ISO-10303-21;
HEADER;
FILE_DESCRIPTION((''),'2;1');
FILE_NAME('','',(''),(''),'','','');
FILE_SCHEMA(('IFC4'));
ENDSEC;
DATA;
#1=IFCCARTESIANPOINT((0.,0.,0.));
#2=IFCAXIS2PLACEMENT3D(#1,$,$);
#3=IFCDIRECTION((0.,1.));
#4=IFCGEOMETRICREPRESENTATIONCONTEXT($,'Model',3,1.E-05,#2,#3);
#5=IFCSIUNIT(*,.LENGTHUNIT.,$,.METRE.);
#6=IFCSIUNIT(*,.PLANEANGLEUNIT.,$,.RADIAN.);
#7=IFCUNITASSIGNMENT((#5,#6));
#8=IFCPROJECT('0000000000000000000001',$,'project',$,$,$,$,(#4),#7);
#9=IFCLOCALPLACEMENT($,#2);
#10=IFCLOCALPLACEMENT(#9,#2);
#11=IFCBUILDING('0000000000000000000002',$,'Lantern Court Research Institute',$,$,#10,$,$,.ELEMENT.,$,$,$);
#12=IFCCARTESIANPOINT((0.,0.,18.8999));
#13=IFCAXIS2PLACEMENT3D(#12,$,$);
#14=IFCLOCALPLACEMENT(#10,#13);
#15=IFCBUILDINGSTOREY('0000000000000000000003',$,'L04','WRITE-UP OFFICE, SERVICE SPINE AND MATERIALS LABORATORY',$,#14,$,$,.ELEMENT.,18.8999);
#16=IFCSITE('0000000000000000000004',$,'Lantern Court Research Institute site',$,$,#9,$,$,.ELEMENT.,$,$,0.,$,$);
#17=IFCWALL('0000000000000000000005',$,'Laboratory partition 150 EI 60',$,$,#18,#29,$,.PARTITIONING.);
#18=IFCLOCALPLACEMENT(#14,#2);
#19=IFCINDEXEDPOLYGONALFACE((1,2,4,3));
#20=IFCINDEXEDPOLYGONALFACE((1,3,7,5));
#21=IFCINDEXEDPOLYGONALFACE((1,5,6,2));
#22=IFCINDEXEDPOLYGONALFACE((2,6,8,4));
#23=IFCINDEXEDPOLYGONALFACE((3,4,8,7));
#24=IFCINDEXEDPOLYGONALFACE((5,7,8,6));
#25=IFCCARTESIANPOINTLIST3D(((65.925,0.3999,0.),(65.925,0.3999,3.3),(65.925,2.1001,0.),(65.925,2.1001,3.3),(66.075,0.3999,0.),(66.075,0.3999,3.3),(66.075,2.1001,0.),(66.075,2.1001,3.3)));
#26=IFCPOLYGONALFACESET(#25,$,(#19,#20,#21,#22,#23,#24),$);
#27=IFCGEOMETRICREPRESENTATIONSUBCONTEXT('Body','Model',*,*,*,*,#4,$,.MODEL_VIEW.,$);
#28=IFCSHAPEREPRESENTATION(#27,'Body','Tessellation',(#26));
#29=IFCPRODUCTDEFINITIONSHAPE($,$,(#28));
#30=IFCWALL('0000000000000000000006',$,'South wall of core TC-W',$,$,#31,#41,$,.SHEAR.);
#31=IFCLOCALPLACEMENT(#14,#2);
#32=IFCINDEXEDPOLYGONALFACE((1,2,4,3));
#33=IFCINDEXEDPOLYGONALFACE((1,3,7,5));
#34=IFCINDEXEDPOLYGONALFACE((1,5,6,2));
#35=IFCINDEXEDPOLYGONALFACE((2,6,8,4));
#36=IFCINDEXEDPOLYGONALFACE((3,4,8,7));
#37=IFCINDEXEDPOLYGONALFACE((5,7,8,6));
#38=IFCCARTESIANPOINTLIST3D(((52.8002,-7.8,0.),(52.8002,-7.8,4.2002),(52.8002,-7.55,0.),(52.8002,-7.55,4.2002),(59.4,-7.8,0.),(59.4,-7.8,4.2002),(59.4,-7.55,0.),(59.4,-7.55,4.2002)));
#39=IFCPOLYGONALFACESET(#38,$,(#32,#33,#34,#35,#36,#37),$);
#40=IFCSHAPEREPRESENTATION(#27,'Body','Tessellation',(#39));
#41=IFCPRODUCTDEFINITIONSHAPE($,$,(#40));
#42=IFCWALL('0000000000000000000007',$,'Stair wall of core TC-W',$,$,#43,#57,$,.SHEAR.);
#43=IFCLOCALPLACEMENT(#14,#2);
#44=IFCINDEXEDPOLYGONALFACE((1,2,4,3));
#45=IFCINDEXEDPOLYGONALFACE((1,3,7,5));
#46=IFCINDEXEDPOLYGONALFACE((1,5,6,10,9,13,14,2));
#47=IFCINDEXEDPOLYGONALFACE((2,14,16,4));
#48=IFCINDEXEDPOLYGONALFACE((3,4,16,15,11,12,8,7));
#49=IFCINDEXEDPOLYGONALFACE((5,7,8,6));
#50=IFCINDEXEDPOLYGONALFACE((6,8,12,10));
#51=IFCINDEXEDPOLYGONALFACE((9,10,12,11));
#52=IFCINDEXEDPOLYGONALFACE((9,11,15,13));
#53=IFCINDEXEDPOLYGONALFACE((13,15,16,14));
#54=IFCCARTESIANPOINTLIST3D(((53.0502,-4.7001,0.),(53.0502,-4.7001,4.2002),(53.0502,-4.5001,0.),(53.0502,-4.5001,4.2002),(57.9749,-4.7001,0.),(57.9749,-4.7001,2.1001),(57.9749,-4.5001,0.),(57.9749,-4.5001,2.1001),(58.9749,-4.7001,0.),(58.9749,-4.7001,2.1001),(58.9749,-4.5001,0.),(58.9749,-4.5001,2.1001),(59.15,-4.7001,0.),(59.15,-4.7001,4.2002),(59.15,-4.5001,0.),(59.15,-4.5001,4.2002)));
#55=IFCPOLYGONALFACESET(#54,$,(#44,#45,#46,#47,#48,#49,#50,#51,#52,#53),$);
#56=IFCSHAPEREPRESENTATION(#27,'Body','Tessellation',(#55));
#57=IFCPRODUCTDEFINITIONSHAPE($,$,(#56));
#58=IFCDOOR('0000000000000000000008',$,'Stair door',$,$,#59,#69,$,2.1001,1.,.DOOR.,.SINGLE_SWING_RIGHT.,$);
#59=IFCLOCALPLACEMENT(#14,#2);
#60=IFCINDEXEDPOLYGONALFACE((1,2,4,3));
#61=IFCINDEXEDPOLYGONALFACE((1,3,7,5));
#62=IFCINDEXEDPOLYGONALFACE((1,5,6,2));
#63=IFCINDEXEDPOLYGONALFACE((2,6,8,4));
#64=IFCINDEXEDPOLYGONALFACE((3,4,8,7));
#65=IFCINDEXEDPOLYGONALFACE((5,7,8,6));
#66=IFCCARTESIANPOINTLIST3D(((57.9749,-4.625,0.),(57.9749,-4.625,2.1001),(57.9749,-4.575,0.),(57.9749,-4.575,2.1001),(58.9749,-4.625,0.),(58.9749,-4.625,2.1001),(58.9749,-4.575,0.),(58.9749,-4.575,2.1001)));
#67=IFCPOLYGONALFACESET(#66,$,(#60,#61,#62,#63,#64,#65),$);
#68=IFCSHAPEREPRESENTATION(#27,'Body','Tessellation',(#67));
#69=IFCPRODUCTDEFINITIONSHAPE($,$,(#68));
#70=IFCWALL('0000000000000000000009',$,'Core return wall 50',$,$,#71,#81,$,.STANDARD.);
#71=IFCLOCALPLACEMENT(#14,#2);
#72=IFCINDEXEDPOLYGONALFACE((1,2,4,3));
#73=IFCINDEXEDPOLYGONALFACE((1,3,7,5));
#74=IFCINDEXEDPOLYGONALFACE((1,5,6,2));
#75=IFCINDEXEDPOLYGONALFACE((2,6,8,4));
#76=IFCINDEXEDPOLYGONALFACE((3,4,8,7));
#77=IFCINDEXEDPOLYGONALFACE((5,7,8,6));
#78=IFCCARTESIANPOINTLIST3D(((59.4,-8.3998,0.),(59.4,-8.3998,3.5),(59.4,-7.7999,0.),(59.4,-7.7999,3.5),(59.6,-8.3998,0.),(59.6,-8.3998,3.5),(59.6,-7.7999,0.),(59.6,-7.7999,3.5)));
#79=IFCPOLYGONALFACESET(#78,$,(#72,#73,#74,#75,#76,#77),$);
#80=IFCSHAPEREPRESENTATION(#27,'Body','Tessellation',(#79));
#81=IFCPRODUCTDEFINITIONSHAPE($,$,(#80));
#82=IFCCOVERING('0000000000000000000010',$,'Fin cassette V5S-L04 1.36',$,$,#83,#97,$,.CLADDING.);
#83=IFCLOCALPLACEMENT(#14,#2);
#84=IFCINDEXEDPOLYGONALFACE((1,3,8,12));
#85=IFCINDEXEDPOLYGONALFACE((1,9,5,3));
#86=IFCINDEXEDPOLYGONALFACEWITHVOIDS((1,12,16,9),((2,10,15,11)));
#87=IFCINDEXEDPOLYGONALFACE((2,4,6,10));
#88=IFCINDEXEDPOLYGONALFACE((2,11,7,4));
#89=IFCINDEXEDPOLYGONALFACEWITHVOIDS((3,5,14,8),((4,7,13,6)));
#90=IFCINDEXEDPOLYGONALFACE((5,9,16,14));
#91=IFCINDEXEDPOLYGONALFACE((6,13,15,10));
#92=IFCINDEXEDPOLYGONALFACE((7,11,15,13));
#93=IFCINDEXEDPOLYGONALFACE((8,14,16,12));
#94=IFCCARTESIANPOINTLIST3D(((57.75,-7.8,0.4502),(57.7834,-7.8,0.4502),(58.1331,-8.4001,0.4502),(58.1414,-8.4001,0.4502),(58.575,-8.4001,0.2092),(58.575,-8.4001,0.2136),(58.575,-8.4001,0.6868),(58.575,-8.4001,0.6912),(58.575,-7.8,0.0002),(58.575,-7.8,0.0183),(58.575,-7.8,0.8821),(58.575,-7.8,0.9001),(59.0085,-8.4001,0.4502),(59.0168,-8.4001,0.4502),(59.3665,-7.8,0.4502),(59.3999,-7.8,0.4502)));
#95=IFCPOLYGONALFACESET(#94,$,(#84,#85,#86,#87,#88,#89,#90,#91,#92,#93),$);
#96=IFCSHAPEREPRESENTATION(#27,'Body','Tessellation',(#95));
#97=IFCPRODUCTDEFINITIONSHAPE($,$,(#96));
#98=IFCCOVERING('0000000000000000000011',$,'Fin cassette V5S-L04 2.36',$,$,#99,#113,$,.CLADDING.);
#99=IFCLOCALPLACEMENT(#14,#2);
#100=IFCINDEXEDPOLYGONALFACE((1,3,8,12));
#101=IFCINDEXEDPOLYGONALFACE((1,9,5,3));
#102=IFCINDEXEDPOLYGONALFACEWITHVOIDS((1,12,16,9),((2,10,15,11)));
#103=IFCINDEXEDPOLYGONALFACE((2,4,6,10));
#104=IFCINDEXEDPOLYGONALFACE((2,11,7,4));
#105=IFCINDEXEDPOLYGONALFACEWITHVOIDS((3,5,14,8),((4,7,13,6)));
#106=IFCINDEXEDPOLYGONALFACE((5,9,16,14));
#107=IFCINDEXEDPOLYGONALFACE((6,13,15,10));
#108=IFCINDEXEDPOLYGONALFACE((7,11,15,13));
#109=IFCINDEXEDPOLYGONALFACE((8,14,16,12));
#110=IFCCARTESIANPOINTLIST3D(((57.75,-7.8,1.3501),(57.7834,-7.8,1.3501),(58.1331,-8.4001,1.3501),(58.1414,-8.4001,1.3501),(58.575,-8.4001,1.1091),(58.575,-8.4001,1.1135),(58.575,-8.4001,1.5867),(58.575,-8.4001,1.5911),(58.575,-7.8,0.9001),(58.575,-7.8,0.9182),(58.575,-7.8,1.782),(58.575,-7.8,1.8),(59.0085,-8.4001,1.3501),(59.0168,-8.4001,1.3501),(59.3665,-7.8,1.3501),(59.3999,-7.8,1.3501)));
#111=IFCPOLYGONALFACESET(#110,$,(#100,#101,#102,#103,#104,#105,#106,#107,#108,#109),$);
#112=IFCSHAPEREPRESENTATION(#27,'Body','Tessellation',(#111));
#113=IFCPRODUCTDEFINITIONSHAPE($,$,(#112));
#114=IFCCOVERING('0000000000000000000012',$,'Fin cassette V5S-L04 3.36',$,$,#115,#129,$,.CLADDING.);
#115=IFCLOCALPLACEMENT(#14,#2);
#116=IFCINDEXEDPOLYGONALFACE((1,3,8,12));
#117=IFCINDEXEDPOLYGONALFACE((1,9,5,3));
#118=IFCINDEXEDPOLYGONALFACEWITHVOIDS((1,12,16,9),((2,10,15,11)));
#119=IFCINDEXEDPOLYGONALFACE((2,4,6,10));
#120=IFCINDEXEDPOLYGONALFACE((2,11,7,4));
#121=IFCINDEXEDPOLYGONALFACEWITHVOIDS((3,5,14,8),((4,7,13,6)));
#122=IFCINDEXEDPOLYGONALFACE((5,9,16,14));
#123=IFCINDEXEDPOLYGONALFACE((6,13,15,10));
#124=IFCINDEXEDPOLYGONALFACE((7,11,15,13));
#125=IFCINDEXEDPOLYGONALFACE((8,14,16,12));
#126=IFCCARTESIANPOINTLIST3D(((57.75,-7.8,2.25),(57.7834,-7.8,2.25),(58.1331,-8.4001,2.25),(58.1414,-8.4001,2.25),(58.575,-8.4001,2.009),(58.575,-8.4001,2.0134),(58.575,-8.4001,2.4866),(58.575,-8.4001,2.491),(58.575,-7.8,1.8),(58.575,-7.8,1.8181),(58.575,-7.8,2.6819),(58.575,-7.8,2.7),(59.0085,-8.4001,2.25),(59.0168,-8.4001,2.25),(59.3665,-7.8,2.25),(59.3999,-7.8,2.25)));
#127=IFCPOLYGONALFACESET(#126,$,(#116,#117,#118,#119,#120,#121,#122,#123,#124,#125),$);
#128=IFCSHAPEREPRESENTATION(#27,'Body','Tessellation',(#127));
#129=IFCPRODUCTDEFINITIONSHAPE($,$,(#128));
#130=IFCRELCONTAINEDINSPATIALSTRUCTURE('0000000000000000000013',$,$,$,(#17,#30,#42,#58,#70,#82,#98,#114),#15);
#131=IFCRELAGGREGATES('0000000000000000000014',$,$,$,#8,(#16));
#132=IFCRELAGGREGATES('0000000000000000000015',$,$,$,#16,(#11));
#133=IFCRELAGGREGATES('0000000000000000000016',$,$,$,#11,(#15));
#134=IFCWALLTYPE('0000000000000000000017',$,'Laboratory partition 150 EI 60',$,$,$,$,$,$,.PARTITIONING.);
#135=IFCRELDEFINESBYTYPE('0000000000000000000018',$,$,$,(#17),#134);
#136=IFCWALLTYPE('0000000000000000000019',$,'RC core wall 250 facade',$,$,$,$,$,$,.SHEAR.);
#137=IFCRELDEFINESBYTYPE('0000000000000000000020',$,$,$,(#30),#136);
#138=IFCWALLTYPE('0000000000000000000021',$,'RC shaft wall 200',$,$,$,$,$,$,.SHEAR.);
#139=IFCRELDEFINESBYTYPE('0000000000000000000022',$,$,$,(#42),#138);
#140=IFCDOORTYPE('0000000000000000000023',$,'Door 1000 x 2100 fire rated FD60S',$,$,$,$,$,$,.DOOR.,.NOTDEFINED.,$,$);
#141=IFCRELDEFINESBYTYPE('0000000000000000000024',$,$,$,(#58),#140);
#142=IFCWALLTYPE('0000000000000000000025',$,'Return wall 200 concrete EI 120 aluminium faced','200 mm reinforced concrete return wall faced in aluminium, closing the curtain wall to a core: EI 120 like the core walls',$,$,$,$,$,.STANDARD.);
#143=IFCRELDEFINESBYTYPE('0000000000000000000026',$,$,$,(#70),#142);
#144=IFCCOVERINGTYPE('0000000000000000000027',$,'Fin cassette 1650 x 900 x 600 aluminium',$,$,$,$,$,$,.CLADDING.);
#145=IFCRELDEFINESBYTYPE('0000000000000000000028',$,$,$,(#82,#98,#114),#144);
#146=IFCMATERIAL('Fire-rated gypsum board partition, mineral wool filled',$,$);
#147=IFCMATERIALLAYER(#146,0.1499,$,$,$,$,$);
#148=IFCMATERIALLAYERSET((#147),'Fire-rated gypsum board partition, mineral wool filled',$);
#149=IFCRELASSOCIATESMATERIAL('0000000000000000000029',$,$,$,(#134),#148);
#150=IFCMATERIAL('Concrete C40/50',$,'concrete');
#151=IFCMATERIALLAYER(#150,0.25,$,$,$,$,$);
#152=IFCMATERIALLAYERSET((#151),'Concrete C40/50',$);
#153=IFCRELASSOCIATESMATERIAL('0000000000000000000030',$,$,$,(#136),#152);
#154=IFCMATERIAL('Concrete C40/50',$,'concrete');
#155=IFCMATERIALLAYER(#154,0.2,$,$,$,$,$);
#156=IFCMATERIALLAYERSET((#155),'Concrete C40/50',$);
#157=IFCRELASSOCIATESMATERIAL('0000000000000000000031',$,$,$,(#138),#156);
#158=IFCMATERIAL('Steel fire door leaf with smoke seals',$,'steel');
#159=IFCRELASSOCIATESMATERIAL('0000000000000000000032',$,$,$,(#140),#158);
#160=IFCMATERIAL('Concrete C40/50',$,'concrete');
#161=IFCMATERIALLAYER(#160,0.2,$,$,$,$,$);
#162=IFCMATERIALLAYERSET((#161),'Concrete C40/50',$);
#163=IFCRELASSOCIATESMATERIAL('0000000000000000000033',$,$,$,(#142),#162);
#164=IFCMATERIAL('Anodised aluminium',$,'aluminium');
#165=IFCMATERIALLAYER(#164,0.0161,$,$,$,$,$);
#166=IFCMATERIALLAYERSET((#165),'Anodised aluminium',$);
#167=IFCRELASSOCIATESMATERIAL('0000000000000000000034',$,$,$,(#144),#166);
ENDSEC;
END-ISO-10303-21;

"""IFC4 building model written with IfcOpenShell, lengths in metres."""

from ifc_helpers import new_model, entity, si_unit, direction, frame, frame_2d, origin, place, context, subcontext, project, spatial, rectangle, extrude, material, layer, layer_set, type_object, element, fill, save


model = new_model("IFC4")

# Units and contexts
model_context = context("Model", 3, precision=1e-05, world=origin(), true_north=direction((0.0, 1.0)))
body_context = subcontext(model_context, "Body", "Model", "MODEL_VIEW")
ifc_project = project(units=[si_unit("LENGTHUNIT", "METRE"), si_unit("PLANEANGLEUNIT", "RADIAN")], contexts=[model_context])

# Site, building, storey
site_placement = place(None, origin())
site = spatial("IfcSite", under=ifc_project, at=site_placement, Name="Lantern Court Research Institute site", CompositionType="ELEMENT", RefElevation=0.0)
building_placement = place(site_placement, origin())
building = spatial("IfcBuilding", under=site, at=building_placement, Name="Lantern Court Research Institute", CompositionType="ELEMENT")
storey_placement = place(building_placement, frame((0.0, 0.0, 18.8999)))
storey = spatial("IfcBuildingStorey", under=building, at=storey_placement, Name="L04", Description="WRITE-UP OFFICE, SERVICE SPINE AND MATERIALS LABORATORY", CompositionType="ELEMENT", Elevation=18.8999)

# Walls
ifc_material_1 = material(Name="Fire-rated gypsum board partition, mineral wool filled")
ifc_layer_1 = layer(ifc_material_1, 0.1499)
ifc_layer_set_1 = layer_set([ifc_layer_1], Name="Fire-rated gypsum board partition, mineral wool filled")
wall_type_1 = type_object("IfcWallType", Name="Laboratory partition 150 EI 60", PredefinedType="PARTITIONING", material=ifc_layer_set_1)
wall_1_placement = place(storey_placement, frame((66.0, 0.3999, 0.0), z_axis=(0.0, 0.0, 1.0), x_axis=(0.0, 1.0, 0.0)))
element("IfcWall", 1, at=wall_1_placement, inside=storey, type_object=wall_type_1, Name="Laboratory partition 150 EI 60", PredefinedType="PARTITIONING", context=body_context, shape_type="SweptSolid", body=[
    extrude(rectangle(XDim=1.7002, YDim=0.1499, at=frame_2d((0.8501, 0.0))), origin(), (0.0, 0.0, 1.0), 3.3),
])
ifc_material_2 = material(Name="Concrete C40/50", Category="concrete")
ifc_layer_2 = layer(ifc_material_2, 0.25)
ifc_layer_set_2 = layer_set([ifc_layer_2], Name="Concrete C40/50")
wall_type_2 = type_object("IfcWallType", Name="RC core wall 250 facade", PredefinedType="SHEAR", material=ifc_layer_set_2)
wall_2_placement = place(storey_placement, frame((59.3999, -7.675, 0.0), z_axis=(0.0, 0.0, 1.0), x_axis=(-1.0, 0.0, 0.0)))
element("IfcWall", 2, at=wall_2_placement, inside=storey, type_object=wall_type_2, Name="South wall of core TC-W", PredefinedType="SHEAR", context=body_context, shape_type="SweptSolid", body=[
    extrude(rectangle(XDim=6.5999, YDim=0.25, at=frame_2d((3.2998, 0.0))), origin(), (0.0, 0.0, 1.0), 4.2002),
])

# Wall, opening, door
ifc_material_3 = material(Name="Concrete C40/50", Category="concrete")
ifc_layer_3 = layer(ifc_material_3, 0.2)
ifc_layer_set_3 = layer_set([ifc_layer_3], Name="Concrete C40/50")
wall_type_3 = type_object("IfcWallType", Name="RC shaft wall 200", PredefinedType="SHEAR", material=ifc_layer_set_3)
wall_3_placement = place(storey_placement, frame((59.1499, -4.6001, 0.0), z_axis=(0.0, 0.0, 1.0), x_axis=(-1.0, 0.0, 0.0)))
wall_3 = element("IfcWall", 3, at=wall_3_placement, inside=storey, type_object=wall_type_3, Name="Stair wall of core TC-W", PredefinedType="SHEAR", context=body_context, shape_type="SweptSolid", body=[
    extrude(rectangle(XDim=6.0999, YDim=0.2, at=frame_2d((3.0498, 0.0))), origin(), (0.0, 0.0, 1.0), 4.2002),
])
opening_placement = place(wall_3_placement, frame((0.175, 0.0, 0.0)))
opening = element("IfcOpeningElement", 4, at=opening_placement, cuts=wall_3, PredefinedType="OPENING", context=body_context, shape_type="SweptSolid", body=[
    extrude(rectangle(XDim=1.0, YDim=2.1001, at=frame_2d((0.5, 1.05))), frame((0.0, 0.1099, 0.0), z_axis=(0.0, -1.0, 0.0), x_axis=(1.0, 0.0, 0.0)), (0.0, 0.0, 1.0), 0.22),
])
ifc_material_4 = material(Name="Steel fire door leaf with smoke seals", Category="steel")
door_type = type_object("IfcDoorType", Name="Door 1000 x 2100 fire rated FD60S", OperationType="NOTDEFINED", PredefinedType="DOOR", material=ifc_material_4)
door_placement = place(opening_placement, origin())
door = element("IfcDoor", 5, at=door_placement, inside=storey, type_object=door_type, Name="Stair door", OperationType="SINGLE_SWING_RIGHT", OverallHeight=2.1001, OverallWidth=1.0, PredefinedType="DOOR", context=body_context, shape_type="SweptSolid", body=[
    extrude(rectangle(XDim=1.0, YDim=2.1001, at=frame_2d((0.5, 1.05))), frame((0.0, 0.0249, 0.0), z_axis=(0.0, -1.0, 0.0), x_axis=(1.0, 0.0, 0.0)), (0.0, 0.0, 1.0), 0.05),
])
fill(opening, door)

# Wall
ifc_material_5 = material(Name="Concrete C40/50", Category="concrete")
ifc_layer_4 = layer(ifc_material_5, 0.2)
ifc_layer_set_4 = layer_set([ifc_layer_4], Name="Concrete C40/50")
wall_type_4 = type_object("IfcWallType", Name="Return wall 200 concrete EI 120 aluminium faced", Description="200 mm reinforced concrete return wall faced in aluminium, closing the curtain wall to a core: EI 120 like the core walls", PredefinedType="STANDARD", material=ifc_layer_set_4)
wall_4_placement = place(storey_placement, frame((59.5, -7.8, 0.0), z_axis=(0.0, 0.0, 1.0), x_axis=(0.0, -1.0, 0.0)))
element("IfcWall", 6, at=wall_4_placement, inside=storey, type_object=wall_type_4, Name="Core return wall 50", PredefinedType="STANDARD", context=body_context, shape_type="SweptSolid", body=[
    extrude(rectangle(XDim=0.5999, YDim=0.2, at=frame_2d((0.2998, 0.0))), origin(), (0.0, 0.0, 1.0), 3.5),
])

# Coverings
ifc_material_6 = material(Name="Anodised aluminium", Category="aluminium")
ifc_layer_5 = layer(ifc_material_6, 0.0161)
ifc_layer_set_5 = layer_set([ifc_layer_5], Name="Anodised aluminium")
covering_type = type_object("IfcCoveringType", Name="Fin cassette 1650 x 900 x 600 aluminium", PredefinedType="CLADDING", material=ifc_layer_set_5)
covering_1_placement = place(storey_placement, frame((58.575, -7.8, 0.4502), z_axis=(0.0, -1.0, 0.0), x_axis=(1.0, 0.0, 0.0)))
cartesian_point_1 = entity("IfcCartesianPoint", [0.825, 0.0])
cartesian_point_2 = entity("IfcCartesianPoint", [0.7915, 0.0])
cartesian_point_3 = entity("IfcCartesianPoint", [0.4419, 0.0])
cartesian_point_4 = entity("IfcCartesianPoint", [0.4336, 0.0])
element("IfcCovering", 7, at=covering_1_placement, inside=storey, type_object=covering_type, Name="Fin cassette V5S-L04 1.36", PredefinedType="CLADDING", context=body_context, shape_type="SweptSolid", body=[
    entity("IfcExtrudedAreaSolidTapered", entity("IfcArbitraryProfileDefWithVoids", "AREA", None, entity("IfcPolyline", [cartesian_point_1, entity("IfcCartesianPoint", [0.0, 0.45]), entity("IfcCartesianPoint", [-0.825, 0.0]), entity("IfcCartesianPoint", [0.0, -0.45]), cartesian_point_1]), [entity("IfcPolyline", [cartesian_point_2, entity("IfcCartesianPoint", [0.0, 0.4319]), entity("IfcCartesianPoint", [-0.7915, 0.0]), entity("IfcCartesianPoint", [0.0, -0.4319]), cartesian_point_2])]), entity("IfcAxis2Placement3D", entity("IfcCartesianPoint", [0.0, 0.0, 0.0])), entity("IfcDirection", [0.0, 0.0, 1.0]), 0.6001, entity("IfcArbitraryProfileDefWithVoids", "AREA", None, entity("IfcPolyline", [cartesian_point_3, entity("IfcCartesianPoint", [0.0, 0.241]), entity("IfcCartesianPoint", [-0.4419, 0.0]), entity("IfcCartesianPoint", [0.0, -0.241]), cartesian_point_3]), [entity("IfcPolyline", [cartesian_point_4, entity("IfcCartesianPoint", [0.0, 0.2366]), entity("IfcCartesianPoint", [-0.4336, 0.0]), entity("IfcCartesianPoint", [0.0, -0.2366]), cartesian_point_4])])),
])
covering_2_placement = place(storey_placement, frame((58.575, -7.8, 1.3501), z_axis=(0.0, -1.0, 0.0), x_axis=(1.0, 0.0, 0.0)))
cartesian_point_5 = entity("IfcCartesianPoint", [0.825, 0.0])
cartesian_point_6 = entity("IfcCartesianPoint", [0.7915, 0.0])
cartesian_point_7 = entity("IfcCartesianPoint", [0.4419, 0.0])
cartesian_point_8 = entity("IfcCartesianPoint", [0.4336, 0.0])
element("IfcCovering", 8, at=covering_2_placement, inside=storey, type_object=covering_type, Name="Fin cassette V5S-L04 2.36", PredefinedType="CLADDING", context=body_context, shape_type="SweptSolid", body=[
    entity("IfcExtrudedAreaSolidTapered", entity("IfcArbitraryProfileDefWithVoids", "AREA", None, entity("IfcPolyline", [cartesian_point_5, entity("IfcCartesianPoint", [0.0, 0.45]), entity("IfcCartesianPoint", [-0.825, 0.0]), entity("IfcCartesianPoint", [0.0, -0.45]), cartesian_point_5]), [entity("IfcPolyline", [cartesian_point_6, entity("IfcCartesianPoint", [0.0, 0.4319]), entity("IfcCartesianPoint", [-0.7915, 0.0]), entity("IfcCartesianPoint", [0.0, -0.4319]), cartesian_point_6])]), entity("IfcAxis2Placement3D", entity("IfcCartesianPoint", [0.0, 0.0, 0.0])), entity("IfcDirection", [0.0, 0.0, 1.0]), 0.6001, entity("IfcArbitraryProfileDefWithVoids", "AREA", None, entity("IfcPolyline", [cartesian_point_7, entity("IfcCartesianPoint", [0.0, 0.241]), entity("IfcCartesianPoint", [-0.4419, 0.0]), entity("IfcCartesianPoint", [0.0, -0.241]), cartesian_point_7]), [entity("IfcPolyline", [cartesian_point_8, entity("IfcCartesianPoint", [0.0, 0.2366]), entity("IfcCartesianPoint", [-0.4336, 0.0]), entity("IfcCartesianPoint", [0.0, -0.2366]), cartesian_point_8])])),
])
covering_3_placement = place(storey_placement, frame((58.575, -7.8, 2.25), z_axis=(0.0, -1.0, 0.0), x_axis=(1.0, 0.0, 0.0)))
cartesian_point_9 = entity("IfcCartesianPoint", [0.825, 0.0])
cartesian_point_10 = entity("IfcCartesianPoint", [0.7915, 0.0])
cartesian_point_11 = entity("IfcCartesianPoint", [0.4419, 0.0])
cartesian_point_12 = entity("IfcCartesianPoint", [0.4336, 0.0])
element("IfcCovering", 9, at=covering_3_placement, inside=storey, type_object=covering_type, Name="Fin cassette V5S-L04 3.36", PredefinedType="CLADDING", context=body_context, shape_type="SweptSolid", body=[
    entity("IfcExtrudedAreaSolidTapered", entity("IfcArbitraryProfileDefWithVoids", "AREA", None, entity("IfcPolyline", [cartesian_point_9, entity("IfcCartesianPoint", [0.0, 0.45]), entity("IfcCartesianPoint", [-0.825, 0.0]), entity("IfcCartesianPoint", [0.0, -0.45]), cartesian_point_9]), [entity("IfcPolyline", [cartesian_point_10, entity("IfcCartesianPoint", [0.0, 0.4319]), entity("IfcCartesianPoint", [-0.7915, 0.0]), entity("IfcCartesianPoint", [0.0, -0.4319]), cartesian_point_10])]), entity("IfcAxis2Placement3D", entity("IfcCartesianPoint", [0.0, 0.0, 0.0])), entity("IfcDirection", [0.0, 0.0, 1.0]), 0.6001, entity("IfcArbitraryProfileDefWithVoids", "AREA", None, entity("IfcPolyline", [cartesian_point_11, entity("IfcCartesianPoint", [0.0, 0.241]), entity("IfcCartesianPoint", [-0.4419, 0.0]), entity("IfcCartesianPoint", [0.0, -0.241]), cartesian_point_11]), [entity("IfcPolyline", [cartesian_point_12, entity("IfcCartesianPoint", [0.0, 0.2366]), entity("IfcCartesianPoint", [-0.4336, 0.0]), entity("IfcCartesianPoint", [0.0, -0.2366]), cartesian_point_12])])),
])

save(model, "model.ifc")
